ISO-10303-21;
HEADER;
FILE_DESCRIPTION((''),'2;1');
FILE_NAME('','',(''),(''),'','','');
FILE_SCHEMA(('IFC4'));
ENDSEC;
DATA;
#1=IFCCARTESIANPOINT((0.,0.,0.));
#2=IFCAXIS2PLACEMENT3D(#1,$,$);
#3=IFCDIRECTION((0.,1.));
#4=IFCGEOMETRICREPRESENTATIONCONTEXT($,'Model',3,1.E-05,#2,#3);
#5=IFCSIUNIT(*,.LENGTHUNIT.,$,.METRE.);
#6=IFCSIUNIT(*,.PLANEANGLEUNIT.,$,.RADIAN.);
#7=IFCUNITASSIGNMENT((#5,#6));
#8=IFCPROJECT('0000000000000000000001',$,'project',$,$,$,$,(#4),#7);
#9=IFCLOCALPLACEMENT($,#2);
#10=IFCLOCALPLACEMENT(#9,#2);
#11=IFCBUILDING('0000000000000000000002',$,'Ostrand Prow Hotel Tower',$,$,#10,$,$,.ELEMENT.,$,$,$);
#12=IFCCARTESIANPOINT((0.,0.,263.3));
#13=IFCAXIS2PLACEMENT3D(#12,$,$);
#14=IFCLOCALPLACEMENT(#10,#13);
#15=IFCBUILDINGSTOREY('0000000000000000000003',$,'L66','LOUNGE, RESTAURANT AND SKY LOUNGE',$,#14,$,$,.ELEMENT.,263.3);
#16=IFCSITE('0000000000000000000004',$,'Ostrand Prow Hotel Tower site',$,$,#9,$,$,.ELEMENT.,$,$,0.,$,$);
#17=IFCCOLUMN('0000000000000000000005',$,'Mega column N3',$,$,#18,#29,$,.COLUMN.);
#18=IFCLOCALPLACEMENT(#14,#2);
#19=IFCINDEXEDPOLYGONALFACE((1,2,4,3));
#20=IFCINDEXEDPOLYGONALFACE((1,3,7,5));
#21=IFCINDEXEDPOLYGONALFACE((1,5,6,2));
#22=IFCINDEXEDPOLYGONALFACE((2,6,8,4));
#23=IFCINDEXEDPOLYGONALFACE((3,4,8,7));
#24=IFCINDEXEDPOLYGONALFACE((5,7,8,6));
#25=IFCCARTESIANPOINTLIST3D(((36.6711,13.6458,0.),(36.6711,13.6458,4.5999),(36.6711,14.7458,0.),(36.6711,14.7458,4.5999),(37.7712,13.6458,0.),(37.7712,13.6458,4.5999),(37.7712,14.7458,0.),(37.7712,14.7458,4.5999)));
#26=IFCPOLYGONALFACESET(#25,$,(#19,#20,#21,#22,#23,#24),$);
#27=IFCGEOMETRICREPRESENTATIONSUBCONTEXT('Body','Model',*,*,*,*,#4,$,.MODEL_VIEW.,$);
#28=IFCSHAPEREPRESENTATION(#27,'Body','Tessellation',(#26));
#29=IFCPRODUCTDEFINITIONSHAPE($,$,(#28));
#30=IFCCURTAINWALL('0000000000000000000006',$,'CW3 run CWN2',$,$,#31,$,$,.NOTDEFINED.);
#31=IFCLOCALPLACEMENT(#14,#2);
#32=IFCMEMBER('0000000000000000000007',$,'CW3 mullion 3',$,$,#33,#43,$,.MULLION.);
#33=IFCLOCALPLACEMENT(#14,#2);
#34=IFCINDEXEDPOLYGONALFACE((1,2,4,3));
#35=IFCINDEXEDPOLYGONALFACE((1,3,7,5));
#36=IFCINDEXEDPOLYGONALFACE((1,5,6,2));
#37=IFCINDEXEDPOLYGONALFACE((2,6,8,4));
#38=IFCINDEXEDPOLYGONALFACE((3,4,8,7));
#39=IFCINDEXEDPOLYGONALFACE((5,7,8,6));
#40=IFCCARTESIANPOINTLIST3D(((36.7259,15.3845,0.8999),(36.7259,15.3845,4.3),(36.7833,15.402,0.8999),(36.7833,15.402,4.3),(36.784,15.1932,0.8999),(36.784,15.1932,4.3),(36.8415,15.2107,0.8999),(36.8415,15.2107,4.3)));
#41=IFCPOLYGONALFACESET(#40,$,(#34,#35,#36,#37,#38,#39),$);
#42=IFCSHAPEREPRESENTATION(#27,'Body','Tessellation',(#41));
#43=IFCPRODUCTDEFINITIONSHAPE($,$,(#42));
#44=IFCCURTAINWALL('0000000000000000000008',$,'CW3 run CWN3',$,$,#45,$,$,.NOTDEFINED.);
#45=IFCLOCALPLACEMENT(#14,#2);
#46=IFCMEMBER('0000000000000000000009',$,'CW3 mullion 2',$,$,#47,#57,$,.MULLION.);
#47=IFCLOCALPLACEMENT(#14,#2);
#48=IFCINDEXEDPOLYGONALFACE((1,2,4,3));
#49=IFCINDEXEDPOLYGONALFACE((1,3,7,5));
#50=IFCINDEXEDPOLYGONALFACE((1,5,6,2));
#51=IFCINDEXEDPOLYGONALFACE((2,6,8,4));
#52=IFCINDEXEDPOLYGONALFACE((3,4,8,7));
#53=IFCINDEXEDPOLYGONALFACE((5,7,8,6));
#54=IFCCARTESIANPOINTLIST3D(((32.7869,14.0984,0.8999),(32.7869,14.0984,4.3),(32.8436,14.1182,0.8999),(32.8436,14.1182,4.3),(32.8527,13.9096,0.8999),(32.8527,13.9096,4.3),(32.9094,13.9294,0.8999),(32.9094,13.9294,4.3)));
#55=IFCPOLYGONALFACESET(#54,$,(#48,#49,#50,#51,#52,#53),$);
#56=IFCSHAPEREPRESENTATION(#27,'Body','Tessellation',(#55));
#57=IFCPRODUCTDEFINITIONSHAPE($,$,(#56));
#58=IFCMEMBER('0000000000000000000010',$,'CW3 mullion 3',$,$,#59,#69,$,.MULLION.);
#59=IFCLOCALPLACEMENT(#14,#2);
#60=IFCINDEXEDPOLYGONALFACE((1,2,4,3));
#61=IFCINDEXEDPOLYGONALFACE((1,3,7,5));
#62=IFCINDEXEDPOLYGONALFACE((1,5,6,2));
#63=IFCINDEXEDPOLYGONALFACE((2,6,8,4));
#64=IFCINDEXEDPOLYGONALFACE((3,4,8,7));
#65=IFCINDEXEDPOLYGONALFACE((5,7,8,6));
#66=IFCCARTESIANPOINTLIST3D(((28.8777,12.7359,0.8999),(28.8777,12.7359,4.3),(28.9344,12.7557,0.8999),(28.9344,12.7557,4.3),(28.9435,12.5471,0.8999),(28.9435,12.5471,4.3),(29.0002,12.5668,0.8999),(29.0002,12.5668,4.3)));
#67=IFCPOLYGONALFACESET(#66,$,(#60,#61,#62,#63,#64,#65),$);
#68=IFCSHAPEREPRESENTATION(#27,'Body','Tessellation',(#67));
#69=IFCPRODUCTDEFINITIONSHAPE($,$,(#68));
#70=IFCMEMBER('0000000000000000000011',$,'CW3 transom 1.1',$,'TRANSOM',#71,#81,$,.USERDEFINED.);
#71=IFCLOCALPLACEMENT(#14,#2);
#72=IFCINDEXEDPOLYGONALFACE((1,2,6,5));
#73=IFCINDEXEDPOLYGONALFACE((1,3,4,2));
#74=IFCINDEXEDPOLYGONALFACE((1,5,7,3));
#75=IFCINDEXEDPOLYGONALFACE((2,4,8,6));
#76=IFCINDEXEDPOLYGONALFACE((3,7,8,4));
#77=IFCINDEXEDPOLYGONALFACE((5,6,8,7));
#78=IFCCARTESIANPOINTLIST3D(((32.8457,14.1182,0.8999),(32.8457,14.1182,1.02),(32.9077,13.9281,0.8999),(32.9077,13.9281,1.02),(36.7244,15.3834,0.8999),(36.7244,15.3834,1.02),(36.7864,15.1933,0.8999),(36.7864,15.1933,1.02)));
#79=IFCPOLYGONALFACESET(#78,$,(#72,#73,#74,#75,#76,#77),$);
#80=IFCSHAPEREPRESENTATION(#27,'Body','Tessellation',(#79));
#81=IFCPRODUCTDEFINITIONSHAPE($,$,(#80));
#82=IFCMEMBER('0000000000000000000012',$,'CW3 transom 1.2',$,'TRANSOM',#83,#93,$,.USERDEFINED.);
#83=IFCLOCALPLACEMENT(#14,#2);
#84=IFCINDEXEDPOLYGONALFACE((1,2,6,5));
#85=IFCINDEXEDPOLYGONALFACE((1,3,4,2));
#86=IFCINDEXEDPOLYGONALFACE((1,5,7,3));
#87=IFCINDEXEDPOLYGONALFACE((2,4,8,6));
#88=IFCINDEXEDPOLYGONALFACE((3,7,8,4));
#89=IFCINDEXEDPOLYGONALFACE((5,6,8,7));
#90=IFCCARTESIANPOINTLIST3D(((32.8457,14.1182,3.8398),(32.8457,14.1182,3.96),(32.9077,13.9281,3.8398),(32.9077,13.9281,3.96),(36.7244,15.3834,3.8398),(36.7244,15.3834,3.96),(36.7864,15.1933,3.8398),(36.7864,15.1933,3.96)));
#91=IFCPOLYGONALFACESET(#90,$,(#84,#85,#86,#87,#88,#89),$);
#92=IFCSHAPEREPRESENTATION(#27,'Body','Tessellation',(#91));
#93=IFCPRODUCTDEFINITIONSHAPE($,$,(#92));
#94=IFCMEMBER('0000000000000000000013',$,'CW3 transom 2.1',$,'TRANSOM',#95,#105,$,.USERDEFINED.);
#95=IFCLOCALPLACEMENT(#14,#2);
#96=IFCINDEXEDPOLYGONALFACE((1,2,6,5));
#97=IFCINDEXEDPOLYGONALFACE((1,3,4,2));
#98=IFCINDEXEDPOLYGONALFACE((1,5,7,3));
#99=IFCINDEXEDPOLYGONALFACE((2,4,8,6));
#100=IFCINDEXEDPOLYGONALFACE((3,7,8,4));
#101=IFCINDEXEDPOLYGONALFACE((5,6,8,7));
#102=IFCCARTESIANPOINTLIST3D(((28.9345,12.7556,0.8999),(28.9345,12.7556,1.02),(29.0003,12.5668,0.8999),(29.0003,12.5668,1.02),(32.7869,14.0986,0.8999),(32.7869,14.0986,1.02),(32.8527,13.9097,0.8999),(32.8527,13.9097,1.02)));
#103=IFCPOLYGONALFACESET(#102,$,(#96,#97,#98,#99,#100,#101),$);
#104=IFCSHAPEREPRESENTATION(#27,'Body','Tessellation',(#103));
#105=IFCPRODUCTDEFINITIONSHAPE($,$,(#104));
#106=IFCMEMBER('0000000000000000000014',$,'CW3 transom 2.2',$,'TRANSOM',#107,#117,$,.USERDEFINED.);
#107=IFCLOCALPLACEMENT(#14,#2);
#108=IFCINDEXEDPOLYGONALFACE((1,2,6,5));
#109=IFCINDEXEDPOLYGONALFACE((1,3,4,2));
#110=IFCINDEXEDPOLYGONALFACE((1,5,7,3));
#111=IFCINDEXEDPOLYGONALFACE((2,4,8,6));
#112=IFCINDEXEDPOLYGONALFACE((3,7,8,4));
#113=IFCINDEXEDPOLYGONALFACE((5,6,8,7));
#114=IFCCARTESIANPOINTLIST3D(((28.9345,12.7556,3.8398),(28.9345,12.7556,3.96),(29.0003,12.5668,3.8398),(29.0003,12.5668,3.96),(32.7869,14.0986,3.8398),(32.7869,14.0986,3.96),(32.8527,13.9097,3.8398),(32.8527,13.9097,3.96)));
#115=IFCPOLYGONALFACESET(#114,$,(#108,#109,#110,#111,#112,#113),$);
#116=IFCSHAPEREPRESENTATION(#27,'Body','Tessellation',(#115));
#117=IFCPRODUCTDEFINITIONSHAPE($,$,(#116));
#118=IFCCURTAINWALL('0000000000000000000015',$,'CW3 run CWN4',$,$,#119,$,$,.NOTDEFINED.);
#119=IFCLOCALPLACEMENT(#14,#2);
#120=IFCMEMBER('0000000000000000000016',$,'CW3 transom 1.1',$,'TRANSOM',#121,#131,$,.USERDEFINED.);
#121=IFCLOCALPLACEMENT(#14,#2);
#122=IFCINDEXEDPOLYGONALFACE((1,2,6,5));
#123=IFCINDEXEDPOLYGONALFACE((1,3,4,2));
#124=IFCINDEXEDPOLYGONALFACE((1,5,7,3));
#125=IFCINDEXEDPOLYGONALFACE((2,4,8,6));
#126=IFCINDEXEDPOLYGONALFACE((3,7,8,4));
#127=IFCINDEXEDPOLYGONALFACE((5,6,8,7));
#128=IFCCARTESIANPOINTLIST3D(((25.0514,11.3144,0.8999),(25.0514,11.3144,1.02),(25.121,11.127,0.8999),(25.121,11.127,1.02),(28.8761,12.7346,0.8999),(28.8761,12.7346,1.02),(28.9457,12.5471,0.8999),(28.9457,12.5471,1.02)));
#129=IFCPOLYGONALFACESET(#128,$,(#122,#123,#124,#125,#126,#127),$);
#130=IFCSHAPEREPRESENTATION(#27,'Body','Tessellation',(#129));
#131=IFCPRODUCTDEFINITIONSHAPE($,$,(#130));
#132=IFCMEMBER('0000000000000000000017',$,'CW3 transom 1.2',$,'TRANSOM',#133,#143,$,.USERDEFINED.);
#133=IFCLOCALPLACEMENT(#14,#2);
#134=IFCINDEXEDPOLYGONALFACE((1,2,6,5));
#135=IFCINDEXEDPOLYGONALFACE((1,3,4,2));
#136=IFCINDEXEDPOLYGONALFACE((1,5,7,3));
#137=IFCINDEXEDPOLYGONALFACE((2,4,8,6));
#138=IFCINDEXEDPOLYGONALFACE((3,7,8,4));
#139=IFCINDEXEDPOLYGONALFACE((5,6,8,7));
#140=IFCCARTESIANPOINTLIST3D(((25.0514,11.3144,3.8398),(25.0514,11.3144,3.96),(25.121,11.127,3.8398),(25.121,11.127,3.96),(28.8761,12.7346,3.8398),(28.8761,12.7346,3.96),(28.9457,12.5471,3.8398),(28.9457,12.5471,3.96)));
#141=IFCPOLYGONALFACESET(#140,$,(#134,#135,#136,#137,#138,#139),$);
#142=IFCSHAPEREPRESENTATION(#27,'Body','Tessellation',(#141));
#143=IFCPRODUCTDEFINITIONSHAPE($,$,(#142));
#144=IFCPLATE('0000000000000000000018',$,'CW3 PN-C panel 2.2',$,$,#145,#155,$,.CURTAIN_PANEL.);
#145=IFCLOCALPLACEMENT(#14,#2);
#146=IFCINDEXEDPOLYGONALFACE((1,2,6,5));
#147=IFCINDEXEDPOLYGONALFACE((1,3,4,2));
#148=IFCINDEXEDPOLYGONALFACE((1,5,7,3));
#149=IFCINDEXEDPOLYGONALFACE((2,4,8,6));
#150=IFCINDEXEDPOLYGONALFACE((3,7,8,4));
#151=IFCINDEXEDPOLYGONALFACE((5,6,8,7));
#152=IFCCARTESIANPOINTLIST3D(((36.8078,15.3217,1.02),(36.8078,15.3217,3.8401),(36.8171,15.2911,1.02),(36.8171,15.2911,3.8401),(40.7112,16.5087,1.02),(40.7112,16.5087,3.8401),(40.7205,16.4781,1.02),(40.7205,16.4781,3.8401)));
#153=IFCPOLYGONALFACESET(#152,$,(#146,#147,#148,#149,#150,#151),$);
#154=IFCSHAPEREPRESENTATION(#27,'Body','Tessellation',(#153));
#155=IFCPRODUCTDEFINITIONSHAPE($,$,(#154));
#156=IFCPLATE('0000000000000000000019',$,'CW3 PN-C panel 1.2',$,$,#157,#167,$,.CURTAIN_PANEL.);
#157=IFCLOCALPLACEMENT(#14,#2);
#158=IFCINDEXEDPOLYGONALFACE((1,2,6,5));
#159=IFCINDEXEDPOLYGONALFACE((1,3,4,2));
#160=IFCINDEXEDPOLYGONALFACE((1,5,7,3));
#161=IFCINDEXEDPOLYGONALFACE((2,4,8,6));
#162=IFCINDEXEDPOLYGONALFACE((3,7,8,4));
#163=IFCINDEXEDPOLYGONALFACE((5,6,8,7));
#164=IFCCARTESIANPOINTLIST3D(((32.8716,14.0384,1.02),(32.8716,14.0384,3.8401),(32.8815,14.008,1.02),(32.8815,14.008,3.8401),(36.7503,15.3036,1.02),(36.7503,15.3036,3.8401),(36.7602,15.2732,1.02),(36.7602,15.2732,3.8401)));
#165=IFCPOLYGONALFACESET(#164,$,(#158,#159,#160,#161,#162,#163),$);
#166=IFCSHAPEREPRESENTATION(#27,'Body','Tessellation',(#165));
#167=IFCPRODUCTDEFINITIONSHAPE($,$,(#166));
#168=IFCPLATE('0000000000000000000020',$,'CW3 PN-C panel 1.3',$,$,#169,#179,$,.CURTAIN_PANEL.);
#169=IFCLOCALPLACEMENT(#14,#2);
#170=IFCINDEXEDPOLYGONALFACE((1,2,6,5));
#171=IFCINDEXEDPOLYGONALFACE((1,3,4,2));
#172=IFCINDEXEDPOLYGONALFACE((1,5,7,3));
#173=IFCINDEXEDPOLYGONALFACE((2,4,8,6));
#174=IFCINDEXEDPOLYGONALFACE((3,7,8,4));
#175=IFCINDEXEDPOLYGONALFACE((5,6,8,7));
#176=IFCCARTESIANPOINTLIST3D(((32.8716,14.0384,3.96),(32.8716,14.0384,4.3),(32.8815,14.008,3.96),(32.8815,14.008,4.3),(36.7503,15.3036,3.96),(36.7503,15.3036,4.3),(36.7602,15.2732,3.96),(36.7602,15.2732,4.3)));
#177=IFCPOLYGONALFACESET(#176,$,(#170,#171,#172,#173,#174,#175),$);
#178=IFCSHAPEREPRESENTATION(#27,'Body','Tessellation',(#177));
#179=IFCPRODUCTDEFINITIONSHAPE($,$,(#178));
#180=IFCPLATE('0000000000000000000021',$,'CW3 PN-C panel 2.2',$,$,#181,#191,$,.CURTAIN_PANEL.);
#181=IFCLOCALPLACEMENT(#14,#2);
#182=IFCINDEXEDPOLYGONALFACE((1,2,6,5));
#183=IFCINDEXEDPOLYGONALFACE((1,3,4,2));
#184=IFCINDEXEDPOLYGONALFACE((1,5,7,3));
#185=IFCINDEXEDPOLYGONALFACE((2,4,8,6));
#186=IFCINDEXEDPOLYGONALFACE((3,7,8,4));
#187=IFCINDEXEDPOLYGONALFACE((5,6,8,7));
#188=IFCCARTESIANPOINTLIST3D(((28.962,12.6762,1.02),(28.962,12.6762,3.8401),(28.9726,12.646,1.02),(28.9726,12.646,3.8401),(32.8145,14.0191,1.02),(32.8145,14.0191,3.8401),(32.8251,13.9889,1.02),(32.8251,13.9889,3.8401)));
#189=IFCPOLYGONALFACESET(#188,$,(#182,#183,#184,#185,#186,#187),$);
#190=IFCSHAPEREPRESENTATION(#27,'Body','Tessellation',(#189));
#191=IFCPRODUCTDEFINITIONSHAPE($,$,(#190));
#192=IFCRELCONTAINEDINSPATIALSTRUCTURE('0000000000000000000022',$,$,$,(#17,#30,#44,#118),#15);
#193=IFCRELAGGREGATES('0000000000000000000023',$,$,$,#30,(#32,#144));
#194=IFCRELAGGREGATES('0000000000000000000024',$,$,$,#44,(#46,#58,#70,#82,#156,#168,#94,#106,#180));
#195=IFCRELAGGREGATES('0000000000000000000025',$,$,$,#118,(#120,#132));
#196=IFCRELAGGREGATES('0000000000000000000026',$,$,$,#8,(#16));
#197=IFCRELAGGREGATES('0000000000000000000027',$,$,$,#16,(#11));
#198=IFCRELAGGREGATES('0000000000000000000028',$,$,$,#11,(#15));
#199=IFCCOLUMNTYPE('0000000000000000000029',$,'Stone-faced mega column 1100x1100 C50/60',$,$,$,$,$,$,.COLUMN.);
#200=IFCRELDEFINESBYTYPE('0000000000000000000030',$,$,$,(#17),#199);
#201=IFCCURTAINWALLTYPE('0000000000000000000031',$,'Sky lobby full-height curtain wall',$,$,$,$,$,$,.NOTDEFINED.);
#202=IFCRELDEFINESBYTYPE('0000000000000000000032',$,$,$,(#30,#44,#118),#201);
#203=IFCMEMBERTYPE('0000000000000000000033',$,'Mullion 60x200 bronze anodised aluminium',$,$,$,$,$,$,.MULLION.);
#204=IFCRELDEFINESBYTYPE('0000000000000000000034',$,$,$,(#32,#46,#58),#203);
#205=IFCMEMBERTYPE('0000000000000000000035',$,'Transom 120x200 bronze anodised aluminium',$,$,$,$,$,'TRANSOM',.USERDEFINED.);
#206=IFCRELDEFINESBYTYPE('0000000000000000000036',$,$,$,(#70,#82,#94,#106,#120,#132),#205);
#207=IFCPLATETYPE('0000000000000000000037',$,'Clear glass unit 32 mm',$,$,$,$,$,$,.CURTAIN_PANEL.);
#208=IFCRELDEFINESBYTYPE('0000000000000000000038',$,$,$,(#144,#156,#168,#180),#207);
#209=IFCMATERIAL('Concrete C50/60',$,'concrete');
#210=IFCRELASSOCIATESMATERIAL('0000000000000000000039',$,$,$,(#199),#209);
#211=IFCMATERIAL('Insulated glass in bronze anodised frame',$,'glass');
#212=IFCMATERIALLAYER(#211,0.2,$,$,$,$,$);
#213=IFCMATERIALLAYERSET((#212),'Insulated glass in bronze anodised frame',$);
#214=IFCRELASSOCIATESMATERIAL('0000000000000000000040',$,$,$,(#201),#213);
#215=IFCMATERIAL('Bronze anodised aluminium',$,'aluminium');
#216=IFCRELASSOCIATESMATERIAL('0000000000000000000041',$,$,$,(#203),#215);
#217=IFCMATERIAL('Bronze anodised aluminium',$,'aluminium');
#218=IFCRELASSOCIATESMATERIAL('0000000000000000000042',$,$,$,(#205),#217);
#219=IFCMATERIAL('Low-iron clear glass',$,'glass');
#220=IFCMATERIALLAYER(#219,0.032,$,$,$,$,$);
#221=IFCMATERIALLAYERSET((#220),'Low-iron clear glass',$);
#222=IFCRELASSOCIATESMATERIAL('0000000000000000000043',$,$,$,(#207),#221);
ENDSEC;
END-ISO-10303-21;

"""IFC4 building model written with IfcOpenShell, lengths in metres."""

from ifc_helpers import new_model, si_unit, direction, frame, origin, origin_2d, place, context, subcontext, project, spatial, rectangle, extrude, material, layer, layer_set, material_profile, profile_set, type_object, element, aggregate, save


model = new_model("IFC4")

# Units and contexts
model_context = context("Model", 3, precision=1e-05, world=origin(), true_north=direction((0.0, 1.0)))
body_context = subcontext(model_context, "Body", "Model", "MODEL_VIEW")
ifc_project = project(units=[si_unit("LENGTHUNIT", "METRE"), si_unit("PLANEANGLEUNIT", "RADIAN")], contexts=[model_context])

# Site, building, storey
site_placement = place(None, origin())
site = spatial("IfcSite", under=ifc_project, at=site_placement, Name="Ostrand Prow Hotel Tower site", CompositionType="ELEMENT", RefElevation=0.0)
building_placement = place(site_placement, origin())
building = spatial("IfcBuilding", under=site, at=building_placement, Name="Ostrand Prow Hotel Tower", CompositionType="ELEMENT")
storey_placement = place(building_placement, frame((0.0, 0.0, 263.3)))
storey = spatial("IfcBuildingStorey", under=building, at=storey_placement, Name="L66", Description="LOUNGE, RESTAURANT AND SKY LOUNGE", CompositionType="ELEMENT", Elevation=263.3)

# Column
ifc_material_1 = material(Name="Concrete C50/60", Category="concrete")
ifc_material_profile_1 = material_profile(ifc_material_1, rectangle(XDim=1.1001, YDim=1.1001, at=origin_2d()), Name="RC 1100x1100")
ifc_profile_set_1 = profile_set([ifc_material_profile_1], Name="Concrete C50/60")
column_type = type_object("IfcColumnType", Name="Stone-faced mega column 1100x1100 C50/60", PredefinedType="COLUMN", material=ifc_profile_set_1)
column_placement = place(storey_placement, frame((37.2212, 14.1958, 0.0), z_axis=(0.0, 0.0, 1.0), x_axis=(1.0, 0.0, 0.0)))
element("IfcColumn", 1, at=column_placement, inside=storey, type_object=column_type, Name="Mega column N3", PredefinedType="COLUMN", context=body_context, shape_type="SweptSolid", body=[
    extrude(rectangle(XDim=1.1001, YDim=1.1001, at=origin_2d()), origin(), (0.0, 0.0, 1.0), 4.5999),
])

# Curtain wall, member
ifc_material_2 = material(Name="Insulated glass in bronze anodised frame", Category="glass")
ifc_layer_1 = layer(ifc_material_2, 0.2)
ifc_layer_set_1 = layer_set([ifc_layer_1], Name="Insulated glass in bronze anodised frame")
curtain_wall_type = type_object("IfcCurtainWallType", Name="Sky lobby full-height curtain wall", PredefinedType="NOTDEFINED", material=ifc_layer_set_1)
curtain_wall_1_placement = place(storey_placement, origin())
curtain_wall_1 = element("IfcCurtainWall", 2, at=curtain_wall_1_placement, inside=storey, type_object=curtain_wall_type, Name="CW3 run CWN2", PredefinedType="NOTDEFINED")
ifc_material_3 = material(Name="Bronze anodised aluminium", Category="aluminium")
ifc_material_profile_2 = material_profile(ifc_material_3, rectangle(XDim=0.2, YDim=0.0601, at=origin_2d()), Name="Mullion 60x200 bronze anodised aluminium")
ifc_profile_set_2 = profile_set([ifc_material_profile_2], Name="Bronze anodised aluminium")
member_type_1 = type_object("IfcMemberType", Name="Mullion 60x200 bronze anodised aluminium", PredefinedType="MULLION", material=ifc_profile_set_2)
member_1_placement = place(storey_placement, frame((36.7837, 15.2976, 0.8999), z_axis=(0.0, 0.0, 1.0), x_axis=(0.290938, -0.956742, 0.0)))
member_1 = element("IfcMember", 3, at=member_1_placement, type_object=member_type_1, Name="CW3 mullion 3", PredefinedType="MULLION", context=body_context, shape_type="SweptSolid", body=[
    extrude(rectangle(XDim=0.2, YDim=0.0601, at=origin_2d()), origin(), (0.0, 0.0, 1.0), 3.4001),
])

# Curtain walls, members
curtain_wall_2_placement = place(storey_placement, origin())
curtain_wall_2 = element("IfcCurtainWall", 4, at=curtain_wall_2_placement, inside=storey, type_object=curtain_wall_type, Name="CW3 run CWN3", PredefinedType="NOTDEFINED")
member_2_placement = place(storey_placement, frame((32.8481, 14.0139, 0.8999), z_axis=(0.0, 0.0, 1.0), x_axis=(0.329158, -0.944275, 0.0)))
member_2 = element("IfcMember", 5, at=member_2_placement, type_object=member_type_1, Name="CW3 mullion 2", PredefinedType="MULLION", context=body_context, shape_type="SweptSolid", body=[
    extrude(rectangle(XDim=0.2, YDim=0.0601, at=origin_2d()), origin(), (0.0, 0.0, 1.0), 3.4001),
])
member_3_placement = place(storey_placement, frame((28.939, 12.6514, 0.8999), z_axis=(0.0, 0.0, 1.0), x_axis=(0.329158, -0.944275, 0.0)))
member_3 = element("IfcMember", 6, at=member_3_placement, type_object=member_type_1, Name="CW3 mullion 3", PredefinedType="MULLION", context=body_context, shape_type="SweptSolid", body=[
    extrude(rectangle(XDim=0.2, YDim=0.0601, at=origin_2d()), origin(), (0.0, 0.0, 1.0), 3.4001),
])
ifc_material_4 = material(Name="Bronze anodised aluminium", Category="aluminium")
ifc_material_profile_3 = material_profile(ifc_material_4, rectangle(XDim=0.2, YDim=0.1201, at=origin_2d()), Name="Transom 120x200 bronze anodised aluminium")
ifc_profile_set_3 = profile_set([ifc_material_profile_3], Name="Bronze anodised aluminium")
member_type_2 = type_object("IfcMemberType", Name="Transom 120x200 bronze anodised aluminium", ElementType="TRANSOM", PredefinedType="USERDEFINED", material=ifc_profile_set_3)
member_4_placement = place(storey_placement, frame((36.7554, 15.2883, 0.96), z_axis=(-0.950704, -0.310099, 0.0), x_axis=(0.310099, -0.950704, 0.0)))
member_4 = element("IfcMember", 7, at=member_4_placement, type_object=member_type_2, Name="CW3 transom 1.1", ObjectType="TRANSOM", PredefinedType="USERDEFINED", context=body_context, shape_type="SweptSolid", body=[
    extrude(rectangle(XDim=0.2, YDim=0.1201, at=origin_2d()), origin(), (0.0, 0.0, 1.0), 4.0798),
])
member_5_placement = place(storey_placement, frame((36.7554, 15.2883, 3.8999), z_axis=(-0.950704, -0.310099, 0.0), x_axis=(0.310099, -0.950704, 0.0)))
member_5 = element("IfcMember", 8, at=member_5_placement, type_object=member_type_2, Name="CW3 transom 1.2", ObjectType="TRANSOM", PredefinedType="USERDEFINED", context=body_context, shape_type="SweptSolid", body=[
    extrude(rectangle(XDim=0.2, YDim=0.1201, at=origin_2d()), origin(), (0.0, 0.0, 1.0), 4.0798),
])
member_6_placement = place(storey_placement, frame((32.8198, 14.0042, 0.96), z_axis=(-0.944268, -0.329177, 0.0), x_axis=(0.329177, -0.944268, 0.0)))
member_6 = element("IfcMember", 9, at=member_6_placement, type_object=member_type_2, Name="CW3 transom 2.1", ObjectType="TRANSOM", PredefinedType="USERDEFINED", context=body_context, shape_type="SweptSolid", body=[
    extrude(rectangle(XDim=0.2, YDim=0.1201, at=origin_2d()), origin(), (0.0, 0.0, 1.0), 4.0798),
])
member_7_placement = place(storey_placement, frame((32.8198, 14.0042, 3.8999), z_axis=(-0.944268, -0.329177, 0.0), x_axis=(0.329177, -0.944268, 0.0)))
member_7 = element("IfcMember", 10, at=member_7_placement, type_object=member_type_2, Name="CW3 transom 2.2", ObjectType="TRANSOM", PredefinedType="USERDEFINED", context=body_context, shape_type="SweptSolid", body=[
    extrude(rectangle(XDim=0.2, YDim=0.1201, at=origin_2d()), origin(), (0.0, 0.0, 1.0), 4.0798),
])
curtain_wall_3_placement = place(storey_placement, origin())
curtain_wall_3 = element("IfcCurtainWall", 11, at=curtain_wall_3_placement, inside=storey, type_object=curtain_wall_type, Name="CW3 run CWN4", PredefinedType="NOTDEFINED")
member_8_placement = place(storey_placement, frame((28.9109, 12.6409, 0.96), z_axis=(-0.93746, -0.348092, 0.0), x_axis=(0.348092, -0.93746, 0.0)))
member_8 = element("IfcMember", 12, at=member_8_placement, type_object=member_type_2, Name="CW3 transom 1.1", ObjectType="TRANSOM", PredefinedType="USERDEFINED", context=body_context, shape_type="SweptSolid", body=[
    extrude(rectangle(XDim=0.2, YDim=0.1201, at=origin_2d()), origin(), (0.0, 0.0, 1.0), 4.0798),
])
member_9_placement = place(storey_placement, frame((28.9109, 12.6409, 3.8999), z_axis=(-0.93746, -0.348092, 0.0), x_axis=(0.348092, -0.93746, 0.0)))
member_9 = element("IfcMember", 13, at=member_9_placement, type_object=member_type_2, Name="CW3 transom 1.2", ObjectType="TRANSOM", PredefinedType="USERDEFINED", context=body_context, shape_type="SweptSolid", body=[
    extrude(rectangle(XDim=0.2, YDim=0.1201, at=origin_2d()), origin(), (0.0, 0.0, 1.0), 4.0798),
])

# Plates
ifc_material_5 = material(Name="Low-iron clear glass", Category="glass")
ifc_layer_2 = layer(ifc_material_5, 0.032)
ifc_layer_set_2 = layer_set([ifc_layer_2], Name="Low-iron clear glass")
plate_type_1 = type_object("IfcPlateType", Name="Clear glass unit 32 mm", PredefinedType="CURTAIN_PANEL", material=ifc_layer_set_2)
plate_1_placement = place(storey_placement, frame((38.7642, 15.8999, 1.02), z_axis=(0.0, 0.0, 1.0), x_axis=(-0.956742, -0.290938, 0.0)))
plate_1 = element("IfcPlate", 14, at=plate_1_placement, type_object=plate_type_1, Name="CW3 PN-C panel 2.2", PredefinedType="CURTAIN_PANEL", context=body_context, shape_type="SweptSolid", body=[
    extrude(rectangle(XDim=4.0798, YDim=0.032, at=origin_2d()), origin(), (0.0, 0.0, 1.0), 2.8201),
])
plate_2_placement = place(storey_placement, frame((34.8159, 14.6558, 1.02), z_axis=(0.0, 0.0, 1.0), x_axis=(-0.9507, -0.310111, 0.0)))
plate_2 = element("IfcPlate", 15, at=plate_2_placement, type_object=plate_type_1, Name="CW3 PN-C panel 1.2", PredefinedType="CURTAIN_PANEL", context=body_context, shape_type="SweptSolid", body=[
    extrude(rectangle(XDim=4.0798, YDim=0.032, at=origin_2d()), origin(), (0.0, 0.0, 1.0), 2.8201),
])
plate_3_placement = place(storey_placement, frame((34.8159, 14.6558, 3.96), z_axis=(0.0, 0.0, 1.0), x_axis=(-0.9507, -0.310111, 0.0)))
plate_3 = element("IfcPlate", 16, at=plate_3_placement, type_object=plate_type_1, Name="CW3 PN-C panel 1.3", PredefinedType="CURTAIN_PANEL", context=body_context, shape_type="SweptSolid", body=[
    extrude(rectangle(XDim=4.0798, YDim=0.032, at=origin_2d()), origin(), (0.0, 0.0, 1.0), 0.3401),
])
plate_4_placement = place(storey_placement, frame((30.8936, 13.3325, 1.02), z_axis=(0.0, 0.0, 1.0), x_axis=(-0.944275, -0.329158, 0.0)))
plate_4 = element("IfcPlate", 17, at=plate_4_placement, type_object=plate_type_1, Name="CW3 PN-C panel 2.2", PredefinedType="CURTAIN_PANEL", context=body_context, shape_type="SweptSolid", body=[
    extrude(rectangle(XDim=4.0798, YDim=0.032, at=origin_2d()), origin(), (0.0, 0.0, 1.0), 2.8201),
])
aggregate(curtain_wall_1, [member_1, plate_1])
aggregate(curtain_wall_2, [member_2, member_3, member_4, member_5, plate_2, plate_3, member_6, member_7, plate_4])
aggregate(curtain_wall_3, [member_8, member_9])

save(model, "model.ifc")
